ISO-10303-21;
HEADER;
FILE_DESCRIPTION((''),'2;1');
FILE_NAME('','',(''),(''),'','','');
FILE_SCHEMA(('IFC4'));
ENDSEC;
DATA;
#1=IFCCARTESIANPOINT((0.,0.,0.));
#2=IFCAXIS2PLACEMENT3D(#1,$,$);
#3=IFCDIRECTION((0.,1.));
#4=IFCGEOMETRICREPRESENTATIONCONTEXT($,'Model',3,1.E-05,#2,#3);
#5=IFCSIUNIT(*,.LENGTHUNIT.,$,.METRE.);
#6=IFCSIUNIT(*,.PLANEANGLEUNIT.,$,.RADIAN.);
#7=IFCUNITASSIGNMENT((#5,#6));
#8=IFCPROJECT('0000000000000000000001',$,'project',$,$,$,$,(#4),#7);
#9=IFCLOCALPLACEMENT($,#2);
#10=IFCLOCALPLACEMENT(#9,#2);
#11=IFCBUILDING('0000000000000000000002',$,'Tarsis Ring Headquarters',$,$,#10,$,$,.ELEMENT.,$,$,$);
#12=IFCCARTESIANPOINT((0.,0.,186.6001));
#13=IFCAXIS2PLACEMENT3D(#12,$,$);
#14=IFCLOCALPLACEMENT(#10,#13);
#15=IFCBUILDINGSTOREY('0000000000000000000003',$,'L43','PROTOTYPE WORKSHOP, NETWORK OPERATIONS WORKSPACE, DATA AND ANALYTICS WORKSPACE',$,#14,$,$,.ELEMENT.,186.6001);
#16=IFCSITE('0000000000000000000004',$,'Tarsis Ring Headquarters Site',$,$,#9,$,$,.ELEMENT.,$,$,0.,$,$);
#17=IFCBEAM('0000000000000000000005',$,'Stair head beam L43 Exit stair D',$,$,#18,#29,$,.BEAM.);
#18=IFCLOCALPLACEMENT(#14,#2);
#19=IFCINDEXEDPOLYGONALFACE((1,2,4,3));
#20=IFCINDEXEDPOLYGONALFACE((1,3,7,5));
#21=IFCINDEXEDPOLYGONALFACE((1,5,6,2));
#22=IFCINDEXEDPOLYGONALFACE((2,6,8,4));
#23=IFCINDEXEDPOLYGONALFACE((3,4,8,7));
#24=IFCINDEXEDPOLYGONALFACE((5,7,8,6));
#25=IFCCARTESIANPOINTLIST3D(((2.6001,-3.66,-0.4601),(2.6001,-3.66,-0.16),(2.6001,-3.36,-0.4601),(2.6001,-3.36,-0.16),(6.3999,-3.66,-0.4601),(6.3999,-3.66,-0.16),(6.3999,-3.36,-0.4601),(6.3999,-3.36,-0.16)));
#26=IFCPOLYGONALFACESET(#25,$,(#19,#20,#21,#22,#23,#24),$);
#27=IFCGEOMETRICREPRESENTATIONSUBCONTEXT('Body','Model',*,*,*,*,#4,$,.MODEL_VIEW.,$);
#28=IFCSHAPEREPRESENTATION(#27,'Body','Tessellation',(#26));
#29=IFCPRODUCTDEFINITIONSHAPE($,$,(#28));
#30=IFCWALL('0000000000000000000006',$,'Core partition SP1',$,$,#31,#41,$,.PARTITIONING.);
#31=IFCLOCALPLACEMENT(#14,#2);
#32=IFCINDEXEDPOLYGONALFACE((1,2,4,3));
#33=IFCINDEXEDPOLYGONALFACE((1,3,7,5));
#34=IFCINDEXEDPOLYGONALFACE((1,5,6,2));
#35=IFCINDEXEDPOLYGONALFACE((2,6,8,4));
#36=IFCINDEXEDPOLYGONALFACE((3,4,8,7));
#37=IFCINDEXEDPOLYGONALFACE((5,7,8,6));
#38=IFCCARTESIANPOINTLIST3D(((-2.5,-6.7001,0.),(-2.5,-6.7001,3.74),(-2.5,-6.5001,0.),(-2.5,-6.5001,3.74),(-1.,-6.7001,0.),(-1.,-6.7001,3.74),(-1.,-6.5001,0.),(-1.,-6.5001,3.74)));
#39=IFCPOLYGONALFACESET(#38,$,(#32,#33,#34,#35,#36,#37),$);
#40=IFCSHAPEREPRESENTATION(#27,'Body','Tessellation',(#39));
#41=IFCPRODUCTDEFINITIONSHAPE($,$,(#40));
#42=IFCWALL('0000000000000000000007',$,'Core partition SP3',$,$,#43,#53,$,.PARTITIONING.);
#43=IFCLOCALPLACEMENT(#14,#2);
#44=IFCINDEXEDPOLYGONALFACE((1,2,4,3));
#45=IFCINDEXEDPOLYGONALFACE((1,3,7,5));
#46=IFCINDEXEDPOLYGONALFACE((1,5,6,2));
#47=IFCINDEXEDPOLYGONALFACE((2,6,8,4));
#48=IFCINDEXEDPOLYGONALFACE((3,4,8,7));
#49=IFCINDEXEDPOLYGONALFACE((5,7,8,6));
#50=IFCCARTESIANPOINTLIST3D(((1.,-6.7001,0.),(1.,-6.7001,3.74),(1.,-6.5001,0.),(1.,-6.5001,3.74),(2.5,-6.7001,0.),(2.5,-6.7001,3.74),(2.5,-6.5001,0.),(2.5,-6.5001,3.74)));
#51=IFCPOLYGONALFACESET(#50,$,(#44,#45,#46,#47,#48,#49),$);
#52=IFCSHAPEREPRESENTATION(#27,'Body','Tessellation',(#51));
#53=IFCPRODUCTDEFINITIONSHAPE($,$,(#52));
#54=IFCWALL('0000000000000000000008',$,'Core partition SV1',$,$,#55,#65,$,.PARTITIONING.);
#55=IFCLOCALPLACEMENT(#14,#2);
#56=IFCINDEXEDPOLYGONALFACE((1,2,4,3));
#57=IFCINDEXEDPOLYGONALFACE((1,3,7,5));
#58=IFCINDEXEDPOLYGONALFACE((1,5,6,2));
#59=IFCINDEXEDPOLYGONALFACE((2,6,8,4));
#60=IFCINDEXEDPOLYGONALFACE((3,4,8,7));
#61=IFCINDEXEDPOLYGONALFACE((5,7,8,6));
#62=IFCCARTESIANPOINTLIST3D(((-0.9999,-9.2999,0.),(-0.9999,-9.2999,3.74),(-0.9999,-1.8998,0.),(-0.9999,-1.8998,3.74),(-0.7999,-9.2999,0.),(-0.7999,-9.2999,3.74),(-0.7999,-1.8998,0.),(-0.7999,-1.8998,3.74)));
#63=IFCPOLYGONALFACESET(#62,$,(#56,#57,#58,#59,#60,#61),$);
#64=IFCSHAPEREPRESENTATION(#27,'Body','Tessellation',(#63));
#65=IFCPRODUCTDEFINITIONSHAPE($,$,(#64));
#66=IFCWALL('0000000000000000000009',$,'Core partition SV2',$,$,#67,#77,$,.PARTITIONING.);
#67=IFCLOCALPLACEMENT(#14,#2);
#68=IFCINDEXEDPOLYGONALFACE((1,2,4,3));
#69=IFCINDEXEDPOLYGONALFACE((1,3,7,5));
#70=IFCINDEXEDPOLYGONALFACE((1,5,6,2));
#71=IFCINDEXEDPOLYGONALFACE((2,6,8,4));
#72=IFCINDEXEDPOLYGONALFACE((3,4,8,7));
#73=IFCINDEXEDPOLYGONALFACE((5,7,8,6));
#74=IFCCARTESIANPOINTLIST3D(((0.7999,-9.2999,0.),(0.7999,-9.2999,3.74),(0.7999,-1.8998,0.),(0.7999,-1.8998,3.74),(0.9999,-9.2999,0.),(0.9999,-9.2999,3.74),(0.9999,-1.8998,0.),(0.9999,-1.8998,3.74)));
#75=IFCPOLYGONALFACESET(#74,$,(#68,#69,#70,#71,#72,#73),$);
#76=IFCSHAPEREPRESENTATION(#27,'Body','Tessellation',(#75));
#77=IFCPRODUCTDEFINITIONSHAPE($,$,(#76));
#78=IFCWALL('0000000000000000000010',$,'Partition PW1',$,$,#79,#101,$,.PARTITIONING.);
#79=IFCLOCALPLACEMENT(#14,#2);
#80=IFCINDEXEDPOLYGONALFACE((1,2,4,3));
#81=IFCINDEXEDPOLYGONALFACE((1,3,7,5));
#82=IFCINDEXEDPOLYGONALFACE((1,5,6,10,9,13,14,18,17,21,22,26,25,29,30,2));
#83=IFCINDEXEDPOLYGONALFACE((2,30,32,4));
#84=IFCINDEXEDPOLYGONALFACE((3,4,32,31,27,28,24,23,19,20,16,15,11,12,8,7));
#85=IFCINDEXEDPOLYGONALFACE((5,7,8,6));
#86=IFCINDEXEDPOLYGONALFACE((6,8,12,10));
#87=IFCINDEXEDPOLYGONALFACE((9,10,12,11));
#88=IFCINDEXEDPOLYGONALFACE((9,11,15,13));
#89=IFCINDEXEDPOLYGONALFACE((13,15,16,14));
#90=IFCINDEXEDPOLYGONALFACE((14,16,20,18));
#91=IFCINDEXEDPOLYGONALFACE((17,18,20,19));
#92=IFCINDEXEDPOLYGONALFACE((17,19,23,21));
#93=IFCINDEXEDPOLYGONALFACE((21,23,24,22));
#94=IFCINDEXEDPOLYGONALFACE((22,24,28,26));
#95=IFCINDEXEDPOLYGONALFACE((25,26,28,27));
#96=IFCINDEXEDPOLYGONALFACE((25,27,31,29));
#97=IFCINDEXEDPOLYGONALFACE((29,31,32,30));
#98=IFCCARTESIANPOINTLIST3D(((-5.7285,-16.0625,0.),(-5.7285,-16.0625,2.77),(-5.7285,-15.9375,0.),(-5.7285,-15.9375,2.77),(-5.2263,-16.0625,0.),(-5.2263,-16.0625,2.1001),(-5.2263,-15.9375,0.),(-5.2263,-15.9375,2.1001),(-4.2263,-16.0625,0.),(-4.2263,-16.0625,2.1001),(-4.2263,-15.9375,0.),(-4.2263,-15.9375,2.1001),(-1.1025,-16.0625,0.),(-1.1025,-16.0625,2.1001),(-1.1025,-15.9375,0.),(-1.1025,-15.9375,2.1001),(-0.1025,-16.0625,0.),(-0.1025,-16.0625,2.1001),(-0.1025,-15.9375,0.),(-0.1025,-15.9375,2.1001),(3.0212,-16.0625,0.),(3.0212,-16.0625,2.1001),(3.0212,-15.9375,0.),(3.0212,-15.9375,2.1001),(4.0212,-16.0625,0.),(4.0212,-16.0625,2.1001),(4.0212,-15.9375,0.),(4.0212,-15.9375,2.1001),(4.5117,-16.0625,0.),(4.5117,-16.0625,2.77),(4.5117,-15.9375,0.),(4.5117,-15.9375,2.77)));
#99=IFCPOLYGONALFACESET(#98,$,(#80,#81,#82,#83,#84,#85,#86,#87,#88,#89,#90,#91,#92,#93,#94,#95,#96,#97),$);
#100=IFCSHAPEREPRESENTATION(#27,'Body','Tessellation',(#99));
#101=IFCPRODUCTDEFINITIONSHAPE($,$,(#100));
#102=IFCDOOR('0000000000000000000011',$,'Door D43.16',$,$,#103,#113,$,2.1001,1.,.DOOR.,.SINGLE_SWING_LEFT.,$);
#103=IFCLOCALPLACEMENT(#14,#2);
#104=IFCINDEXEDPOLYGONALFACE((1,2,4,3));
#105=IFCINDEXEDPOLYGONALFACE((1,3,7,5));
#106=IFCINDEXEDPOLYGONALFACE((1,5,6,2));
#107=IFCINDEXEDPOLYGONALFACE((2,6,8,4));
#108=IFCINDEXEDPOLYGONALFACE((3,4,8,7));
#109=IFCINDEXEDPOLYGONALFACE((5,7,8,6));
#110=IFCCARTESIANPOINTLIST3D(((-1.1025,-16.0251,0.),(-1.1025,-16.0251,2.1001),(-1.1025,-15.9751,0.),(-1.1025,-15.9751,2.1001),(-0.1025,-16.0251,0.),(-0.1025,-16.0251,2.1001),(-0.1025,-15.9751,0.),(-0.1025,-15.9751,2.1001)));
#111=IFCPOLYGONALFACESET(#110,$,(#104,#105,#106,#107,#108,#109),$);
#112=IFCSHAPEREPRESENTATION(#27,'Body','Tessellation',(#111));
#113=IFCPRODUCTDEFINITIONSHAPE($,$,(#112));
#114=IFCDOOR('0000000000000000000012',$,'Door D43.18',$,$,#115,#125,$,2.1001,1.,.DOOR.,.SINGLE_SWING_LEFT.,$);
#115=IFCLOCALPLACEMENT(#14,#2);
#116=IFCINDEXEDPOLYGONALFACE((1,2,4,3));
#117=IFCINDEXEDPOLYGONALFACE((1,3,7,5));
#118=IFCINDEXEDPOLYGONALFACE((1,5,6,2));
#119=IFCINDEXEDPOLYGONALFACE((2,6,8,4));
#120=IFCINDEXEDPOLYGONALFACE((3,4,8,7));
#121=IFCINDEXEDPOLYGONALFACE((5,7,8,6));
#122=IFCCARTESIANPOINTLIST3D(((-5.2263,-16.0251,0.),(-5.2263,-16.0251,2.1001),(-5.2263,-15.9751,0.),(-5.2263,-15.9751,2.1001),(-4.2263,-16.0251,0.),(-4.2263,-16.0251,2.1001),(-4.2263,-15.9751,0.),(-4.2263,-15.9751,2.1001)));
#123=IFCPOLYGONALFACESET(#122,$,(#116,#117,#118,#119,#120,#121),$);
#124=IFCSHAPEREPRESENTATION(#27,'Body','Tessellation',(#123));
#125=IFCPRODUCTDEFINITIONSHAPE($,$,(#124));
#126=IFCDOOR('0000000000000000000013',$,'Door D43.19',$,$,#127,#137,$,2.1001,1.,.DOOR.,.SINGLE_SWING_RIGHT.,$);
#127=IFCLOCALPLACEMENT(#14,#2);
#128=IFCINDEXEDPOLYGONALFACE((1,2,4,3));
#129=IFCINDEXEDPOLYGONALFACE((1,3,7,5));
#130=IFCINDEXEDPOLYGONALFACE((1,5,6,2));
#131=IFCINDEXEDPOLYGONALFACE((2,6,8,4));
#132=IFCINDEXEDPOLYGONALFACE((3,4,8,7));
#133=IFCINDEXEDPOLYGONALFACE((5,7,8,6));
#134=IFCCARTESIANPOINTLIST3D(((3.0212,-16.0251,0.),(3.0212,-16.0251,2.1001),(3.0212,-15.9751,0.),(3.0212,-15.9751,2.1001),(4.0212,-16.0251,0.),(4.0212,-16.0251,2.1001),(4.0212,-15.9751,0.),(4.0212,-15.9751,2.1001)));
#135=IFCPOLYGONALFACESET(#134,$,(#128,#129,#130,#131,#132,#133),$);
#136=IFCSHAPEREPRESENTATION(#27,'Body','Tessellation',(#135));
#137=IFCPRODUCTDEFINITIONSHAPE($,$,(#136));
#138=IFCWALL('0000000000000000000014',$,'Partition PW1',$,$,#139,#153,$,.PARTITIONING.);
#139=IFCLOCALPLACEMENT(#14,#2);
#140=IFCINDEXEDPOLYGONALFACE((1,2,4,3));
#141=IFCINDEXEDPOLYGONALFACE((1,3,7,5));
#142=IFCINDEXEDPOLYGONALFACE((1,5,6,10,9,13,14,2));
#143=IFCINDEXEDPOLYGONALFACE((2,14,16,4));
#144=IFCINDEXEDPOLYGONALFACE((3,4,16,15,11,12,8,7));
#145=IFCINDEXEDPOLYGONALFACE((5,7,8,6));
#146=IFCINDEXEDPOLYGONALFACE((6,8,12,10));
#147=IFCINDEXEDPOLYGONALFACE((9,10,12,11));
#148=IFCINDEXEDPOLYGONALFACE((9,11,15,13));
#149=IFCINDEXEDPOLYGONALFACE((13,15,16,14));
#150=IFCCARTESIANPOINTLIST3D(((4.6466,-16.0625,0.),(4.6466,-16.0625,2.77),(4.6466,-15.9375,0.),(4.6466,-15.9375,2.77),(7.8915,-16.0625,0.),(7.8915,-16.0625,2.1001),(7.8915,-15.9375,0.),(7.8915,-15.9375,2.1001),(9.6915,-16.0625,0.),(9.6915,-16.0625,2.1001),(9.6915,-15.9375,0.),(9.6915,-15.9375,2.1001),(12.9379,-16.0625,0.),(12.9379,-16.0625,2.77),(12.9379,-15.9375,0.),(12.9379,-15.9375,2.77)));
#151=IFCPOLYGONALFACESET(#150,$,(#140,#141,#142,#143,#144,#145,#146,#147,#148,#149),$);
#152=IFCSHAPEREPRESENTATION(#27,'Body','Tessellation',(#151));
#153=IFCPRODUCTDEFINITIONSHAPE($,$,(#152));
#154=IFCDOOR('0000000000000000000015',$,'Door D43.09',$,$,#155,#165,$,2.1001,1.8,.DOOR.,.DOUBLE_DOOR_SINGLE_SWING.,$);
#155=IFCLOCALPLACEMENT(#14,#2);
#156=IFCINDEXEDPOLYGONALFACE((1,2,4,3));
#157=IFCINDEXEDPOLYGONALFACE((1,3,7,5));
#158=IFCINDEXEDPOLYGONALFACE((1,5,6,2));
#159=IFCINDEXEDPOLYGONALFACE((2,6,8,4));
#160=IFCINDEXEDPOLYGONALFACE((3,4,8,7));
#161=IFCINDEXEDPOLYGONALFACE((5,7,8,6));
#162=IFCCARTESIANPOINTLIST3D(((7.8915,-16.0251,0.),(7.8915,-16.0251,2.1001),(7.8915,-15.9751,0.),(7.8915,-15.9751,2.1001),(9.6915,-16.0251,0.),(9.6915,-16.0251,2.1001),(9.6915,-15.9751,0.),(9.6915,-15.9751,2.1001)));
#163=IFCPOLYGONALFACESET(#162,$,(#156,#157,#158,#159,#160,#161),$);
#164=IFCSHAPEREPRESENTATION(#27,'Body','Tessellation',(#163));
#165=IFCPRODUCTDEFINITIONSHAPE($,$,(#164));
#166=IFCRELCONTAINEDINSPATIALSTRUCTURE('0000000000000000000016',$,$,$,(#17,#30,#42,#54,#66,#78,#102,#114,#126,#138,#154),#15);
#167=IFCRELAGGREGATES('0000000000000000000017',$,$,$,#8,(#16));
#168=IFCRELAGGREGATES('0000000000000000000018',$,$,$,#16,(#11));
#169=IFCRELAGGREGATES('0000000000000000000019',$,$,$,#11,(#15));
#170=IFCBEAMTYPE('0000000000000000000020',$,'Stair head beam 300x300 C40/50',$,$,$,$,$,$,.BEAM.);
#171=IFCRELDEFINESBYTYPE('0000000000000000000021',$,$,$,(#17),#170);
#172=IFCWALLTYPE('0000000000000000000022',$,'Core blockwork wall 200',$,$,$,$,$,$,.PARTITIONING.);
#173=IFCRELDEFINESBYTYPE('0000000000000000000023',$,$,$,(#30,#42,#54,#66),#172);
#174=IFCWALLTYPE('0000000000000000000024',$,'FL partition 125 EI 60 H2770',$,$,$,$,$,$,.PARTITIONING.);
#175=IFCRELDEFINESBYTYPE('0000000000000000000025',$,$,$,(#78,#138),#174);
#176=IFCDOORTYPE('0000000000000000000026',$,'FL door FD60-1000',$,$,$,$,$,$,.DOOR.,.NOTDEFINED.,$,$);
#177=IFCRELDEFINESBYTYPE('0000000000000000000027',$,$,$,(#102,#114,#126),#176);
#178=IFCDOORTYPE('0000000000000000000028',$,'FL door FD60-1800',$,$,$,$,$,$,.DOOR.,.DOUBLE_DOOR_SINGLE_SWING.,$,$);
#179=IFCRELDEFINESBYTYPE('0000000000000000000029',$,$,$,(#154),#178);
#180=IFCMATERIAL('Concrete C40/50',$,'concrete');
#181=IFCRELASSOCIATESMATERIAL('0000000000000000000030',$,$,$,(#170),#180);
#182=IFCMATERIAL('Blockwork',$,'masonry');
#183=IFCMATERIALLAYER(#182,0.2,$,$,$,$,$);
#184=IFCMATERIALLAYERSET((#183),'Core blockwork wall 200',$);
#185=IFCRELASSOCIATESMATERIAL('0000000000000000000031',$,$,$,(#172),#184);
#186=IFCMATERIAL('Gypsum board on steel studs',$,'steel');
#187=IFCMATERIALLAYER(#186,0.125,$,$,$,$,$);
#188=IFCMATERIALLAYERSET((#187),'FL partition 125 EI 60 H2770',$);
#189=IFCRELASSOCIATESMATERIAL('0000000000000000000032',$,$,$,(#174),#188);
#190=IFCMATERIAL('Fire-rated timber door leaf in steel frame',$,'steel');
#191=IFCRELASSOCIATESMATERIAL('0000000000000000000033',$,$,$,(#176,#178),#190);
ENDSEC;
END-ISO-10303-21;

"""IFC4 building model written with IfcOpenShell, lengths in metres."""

from ifc_helpers import new_model, si_unit, direction, frame, frame_2d, origin, origin_2d, place, context, subcontext, project, spatial, rectangle, extrude, material, layer, layer_set, material_profile, profile_set, type_object, element, fill, save


model = new_model("IFC4")

# Units and contexts
model_context = context("Model", 3, precision=1e-05, world=origin(), true_north=direction((0.0, 1.0)))
body_context = subcontext(model_context, "Body", "Model", "MODEL_VIEW")
ifc_project = project(units=[si_unit("LENGTHUNIT", "METRE"), si_unit("PLANEANGLEUNIT", "RADIAN")], contexts=[model_context])

# Site, building, storey
site_placement = place(None, origin())
site = spatial("IfcSite", under=ifc_project, at=site_placement, Name="Tarsis Ring Headquarters Site", CompositionType="ELEMENT", RefElevation=0.0)
building_placement = place(site_placement, origin())
building = spatial("IfcBuilding", under=site, at=building_placement, Name="Tarsis Ring Headquarters", CompositionType="ELEMENT")
storey_placement = place(building_placement, frame((0.0, 0.0, 186.6001)))
storey = spatial("IfcBuildingStorey", under=building, at=storey_placement, Name="L43", Description="PROTOTYPE WORKSHOP, NETWORK OPERATIONS WORKSPACE, DATA AND ANALYTICS WORKSPACE", CompositionType="ELEMENT", Elevation=186.6001)

# Beam
ifc_material_1 = material(Name="Concrete C40/50", Category="concrete")
ifc_material_profile = material_profile(ifc_material_1, rectangle(XDim=0.3, YDim=0.3, at=origin_2d()), Name="Stair head beam 300x300 C40/50")
ifc_profile_set = profile_set([ifc_material_profile], Name="Concrete C40/50")
beam_type = type_object("IfcBeamType", Name="Stair head beam 300x300 C40/50", PredefinedType="BEAM", material=ifc_profile_set)
beam_placement = place(storey_placement, frame((2.6001, -3.51, -0.3101), z_axis=(1.0, 0.0, 0.0), x_axis=(0.0, 1.0, 0.0)))
element("IfcBeam", 1, at=beam_placement, inside=storey, type_object=beam_type, Name="Stair head beam L43 Exit stair D", PredefinedType="BEAM", context=body_context, shape_type="SweptSolid", body=[
    extrude(rectangle(XDim=0.3, YDim=0.3, at=origin_2d()), origin(), (0.0, 0.0, 1.0), 3.7998),
])

# Walls
ifc_material_2 = material(Name="Blockwork", Category="masonry")
ifc_layer_1 = layer(ifc_material_2, 0.2)
ifc_layer_set_1 = layer_set([ifc_layer_1], Name="Core blockwork wall 200")
wall_type_1 = type_object("IfcWallType", Name="Core blockwork wall 200", PredefinedType="PARTITIONING", material=ifc_layer_set_1)
for number, where, z_axis, x_axis, name in (
    (2, (-2.5, -6.6001, 0.0), (0.0, 0.0, 1.0), (1.0, 0.0, 0.0), "Core partition SP1"),
    (3, (1.0, -6.6001, 0.0), (0.0, 0.0, 1.0), (1.0, 0.0, 0.0), "Core partition SP3"),
):
    element("IfcWall", number, at=place(storey_placement, frame(where, z_axis=z_axis, x_axis=x_axis)), inside=storey, type_object=wall_type_1, Name=name, PredefinedType="PARTITIONING", context=body_context, shape_type="SweptSolid", body=[
        extrude(rectangle(XDim=1.5, YDim=0.2, at=frame_2d((0.75, 0.0))), origin(), (0.0, 0.0, 1.0), 3.74),
    ])
for number, where, z_axis, x_axis, name in (
    (4, (-0.8999, -9.3, 0.0), (0.0, 0.0, 1.0), (0.0, 1.0, 0.0), "Core partition SV1"),
    (5, (0.8999, -9.3, 0.0), (0.0, 0.0, 1.0), (0.0, 1.0, 0.0), "Core partition SV2"),
):
    element("IfcWall", number, at=place(storey_placement, frame(where, z_axis=z_axis, x_axis=x_axis)), inside=storey, type_object=wall_type_1, Name=name, PredefinedType="PARTITIONING", context=body_context, shape_type="SweptSolid", body=[
        extrude(rectangle(XDim=7.4001, YDim=0.2, at=frame_2d((3.7002, 0.0))), origin(), (0.0, 0.0, 1.0), 3.74),
    ])

# Wall, openings, doors
ifc_material_3 = material(Name="Gypsum board on steel studs", Category="steel")
ifc_layer_2 = layer(ifc_material_3, 0.125)
ifc_layer_set_2 = layer_set([ifc_layer_2], Name="FL partition 125 EI 60 H2770")
wall_type_2 = type_object("IfcWallType", Name="FL partition 125 EI 60 H2770", PredefinedType="PARTITIONING", material=ifc_layer_set_2)
wall_1_placement = place(storey_placement, frame((-5.7285, -16.0, 0.0), z_axis=(0.0, 0.0, 1.0), x_axis=(1.0, 0.0, 0.0)))
wall_1 = element("IfcWall", 6, at=wall_1_placement, inside=storey, type_object=wall_type_2, Name="Partition PW1", PredefinedType="PARTITIONING", context=body_context, shape_type="SweptSolid", body=[
    extrude(rectangle(XDim=10.2402, YDim=0.125, at=frame_2d((5.1201, 0.0))), origin(), (0.0, 0.0, 1.0), 2.77),
])
opening_1_placement = place(wall_1_placement, frame((4.626, 0.0, 0.0)))
opening_1 = element("IfcOpeningElement", 7, at=opening_1_placement, cuts=wall_1, PredefinedType="OPENING", context=body_context, shape_type="SweptSolid", body=[
    extrude(rectangle(XDim=1.0, YDim=2.1001, at=frame_2d((0.5, 1.05))), frame((0.0, 0.0725, 0.0), z_axis=(0.0, -1.0, 0.0), x_axis=(1.0, 0.0, 0.0)), (0.0, 0.0, 1.0), 0.145),
])
opening_2_placement = place(wall_1_placement, frame((0.5022, 0.0, 0.0)))
opening_2 = element("IfcOpeningElement", 8, at=opening_2_placement, cuts=wall_1, PredefinedType="OPENING", context=body_context, shape_type="SweptSolid", body=[
    extrude(rectangle(XDim=1.0, YDim=2.1001, at=frame_2d((0.5, 1.05))), frame((0.0, 0.0725, 0.0), z_axis=(0.0, -1.0, 0.0), x_axis=(1.0, 0.0, 0.0)), (0.0, 0.0, 1.0), 0.145),
])
opening_3_placement = place(wall_1_placement, frame((8.7498, 0.0, 0.0)))
opening_3 = element("IfcOpeningElement", 9, at=opening_3_placement, cuts=wall_1, PredefinedType="OPENING", context=body_context, shape_type="SweptSolid", body=[
    extrude(rectangle(XDim=1.0, YDim=2.1001, at=frame_2d((0.5, 1.05))), frame((0.0, 0.0725, 0.0), z_axis=(0.0, -1.0, 0.0), x_axis=(1.0, 0.0, 0.0)), (0.0, 0.0, 1.0), 0.145),
])
ifc_material_4 = material(Name="Fire-rated timber door leaf in steel frame", Category="steel")
door_type_1 = type_object("IfcDoorType", Name="FL door FD60-1000", OperationType="NOTDEFINED", PredefinedType="DOOR", material=ifc_material_4)
door_1_placement = place(opening_1_placement, origin())
door_1 = element("IfcDoor", 10, at=door_1_placement, inside=storey, type_object=door_type_1, Name="Door D43.16", OperationType="SINGLE_SWING_LEFT", OverallHeight=2.1001, OverallWidth=1.0, PredefinedType="DOOR", context=body_context, shape_type="SweptSolid", body=[
    extrude(rectangle(XDim=1.0, YDim=2.1001, at=frame_2d((0.5, 1.05))), frame((0.0, 0.0249, 0.0), z_axis=(0.0, -1.0, 0.0), x_axis=(1.0, 0.0, 0.0)), (0.0, 0.0, 1.0), 0.05),
])
fill(opening_1, door_1)
door_2_placement = place(opening_2_placement, origin())
door_2 = element("IfcDoor", 11, at=door_2_placement, inside=storey, type_object=door_type_1, Name="Door D43.18", OperationType="SINGLE_SWING_LEFT", OverallHeight=2.1001, OverallWidth=1.0, PredefinedType="DOOR", context=body_context, shape_type="SweptSolid", body=[
    extrude(rectangle(XDim=1.0, YDim=2.1001, at=frame_2d((0.5, 1.05))), frame((0.0, 0.0249, 0.0), z_axis=(0.0, -1.0, 0.0), x_axis=(1.0, 0.0, 0.0)), (0.0, 0.0, 1.0), 0.05),
])
fill(opening_2, door_2)
door_3_placement = place(opening_3_placement, origin())
door_3 = element("IfcDoor", 12, at=door_3_placement, inside=storey, type_object=door_type_1, Name="Door D43.19", OperationType="SINGLE_SWING_RIGHT", OverallHeight=2.1001, OverallWidth=1.0, PredefinedType="DOOR", context=body_context, shape_type="SweptSolid", body=[
    extrude(rectangle(XDim=1.0, YDim=2.1001, at=frame_2d((0.5, 1.05))), frame((0.0, 0.0249, 0.0), z_axis=(0.0, -1.0, 0.0), x_axis=(1.0, 0.0, 0.0)), (0.0, 0.0, 1.0), 0.05),
])
fill(opening_3, door_3)

# Wall, opening, door
wall_2_placement = place(storey_placement, frame((4.6467, -16.0, 0.0), z_axis=(0.0, 0.0, 1.0), x_axis=(1.0, 0.0, 0.0)))
wall_2 = element("IfcWall", 13, at=wall_2_placement, inside=storey, type_object=wall_type_2, Name="Partition PW1", PredefinedType="PARTITIONING", context=body_context, shape_type="SweptSolid", body=[
    extrude(rectangle(XDim=8.2913, YDim=0.125, at=frame_2d((4.1455, 0.0))), origin(), (0.0, 0.0, 1.0), 2.77),
])
opening_4_placement = place(wall_2_placement, frame((3.2449, 0.0, 0.0)))
opening_4 = element("IfcOpeningElement", 14, at=opening_4_placement, cuts=wall_2, PredefinedType="OPENING", context=body_context, shape_type="SweptSolid", body=[
    extrude(rectangle(XDim=1.8, YDim=2.1001, at=frame_2d((0.8999, 1.05))), frame((0.0, 0.0725, 0.0), z_axis=(0.0, -1.0, 0.0), x_axis=(1.0, 0.0, 0.0)), (0.0, 0.0, 1.0), 0.145),
])
door_type_2 = type_object("IfcDoorType", Name="FL door FD60-1800", OperationType="DOUBLE_DOOR_SINGLE_SWING", PredefinedType="DOOR", material=ifc_material_4)
door_4_placement = place(opening_4_placement, origin())
door_4 = element("IfcDoor", 15, at=door_4_placement, inside=storey, type_object=door_type_2, Name="Door D43.09", OperationType="DOUBLE_DOOR_SINGLE_SWING", OverallHeight=2.1001, OverallWidth=1.8, PredefinedType="DOOR", context=body_context, shape_type="SweptSolid", body=[
    extrude(rectangle(XDim=1.8, YDim=2.1001, at=frame_2d((0.8999, 1.05))), frame((0.0, 0.0249, 0.0), z_axis=(0.0, -1.0, 0.0), x_axis=(1.0, 0.0, 0.0)), (0.0, 0.0, 1.0), 0.05),
])
fill(opening_4, door_4)

save(model, "model.ifc")
